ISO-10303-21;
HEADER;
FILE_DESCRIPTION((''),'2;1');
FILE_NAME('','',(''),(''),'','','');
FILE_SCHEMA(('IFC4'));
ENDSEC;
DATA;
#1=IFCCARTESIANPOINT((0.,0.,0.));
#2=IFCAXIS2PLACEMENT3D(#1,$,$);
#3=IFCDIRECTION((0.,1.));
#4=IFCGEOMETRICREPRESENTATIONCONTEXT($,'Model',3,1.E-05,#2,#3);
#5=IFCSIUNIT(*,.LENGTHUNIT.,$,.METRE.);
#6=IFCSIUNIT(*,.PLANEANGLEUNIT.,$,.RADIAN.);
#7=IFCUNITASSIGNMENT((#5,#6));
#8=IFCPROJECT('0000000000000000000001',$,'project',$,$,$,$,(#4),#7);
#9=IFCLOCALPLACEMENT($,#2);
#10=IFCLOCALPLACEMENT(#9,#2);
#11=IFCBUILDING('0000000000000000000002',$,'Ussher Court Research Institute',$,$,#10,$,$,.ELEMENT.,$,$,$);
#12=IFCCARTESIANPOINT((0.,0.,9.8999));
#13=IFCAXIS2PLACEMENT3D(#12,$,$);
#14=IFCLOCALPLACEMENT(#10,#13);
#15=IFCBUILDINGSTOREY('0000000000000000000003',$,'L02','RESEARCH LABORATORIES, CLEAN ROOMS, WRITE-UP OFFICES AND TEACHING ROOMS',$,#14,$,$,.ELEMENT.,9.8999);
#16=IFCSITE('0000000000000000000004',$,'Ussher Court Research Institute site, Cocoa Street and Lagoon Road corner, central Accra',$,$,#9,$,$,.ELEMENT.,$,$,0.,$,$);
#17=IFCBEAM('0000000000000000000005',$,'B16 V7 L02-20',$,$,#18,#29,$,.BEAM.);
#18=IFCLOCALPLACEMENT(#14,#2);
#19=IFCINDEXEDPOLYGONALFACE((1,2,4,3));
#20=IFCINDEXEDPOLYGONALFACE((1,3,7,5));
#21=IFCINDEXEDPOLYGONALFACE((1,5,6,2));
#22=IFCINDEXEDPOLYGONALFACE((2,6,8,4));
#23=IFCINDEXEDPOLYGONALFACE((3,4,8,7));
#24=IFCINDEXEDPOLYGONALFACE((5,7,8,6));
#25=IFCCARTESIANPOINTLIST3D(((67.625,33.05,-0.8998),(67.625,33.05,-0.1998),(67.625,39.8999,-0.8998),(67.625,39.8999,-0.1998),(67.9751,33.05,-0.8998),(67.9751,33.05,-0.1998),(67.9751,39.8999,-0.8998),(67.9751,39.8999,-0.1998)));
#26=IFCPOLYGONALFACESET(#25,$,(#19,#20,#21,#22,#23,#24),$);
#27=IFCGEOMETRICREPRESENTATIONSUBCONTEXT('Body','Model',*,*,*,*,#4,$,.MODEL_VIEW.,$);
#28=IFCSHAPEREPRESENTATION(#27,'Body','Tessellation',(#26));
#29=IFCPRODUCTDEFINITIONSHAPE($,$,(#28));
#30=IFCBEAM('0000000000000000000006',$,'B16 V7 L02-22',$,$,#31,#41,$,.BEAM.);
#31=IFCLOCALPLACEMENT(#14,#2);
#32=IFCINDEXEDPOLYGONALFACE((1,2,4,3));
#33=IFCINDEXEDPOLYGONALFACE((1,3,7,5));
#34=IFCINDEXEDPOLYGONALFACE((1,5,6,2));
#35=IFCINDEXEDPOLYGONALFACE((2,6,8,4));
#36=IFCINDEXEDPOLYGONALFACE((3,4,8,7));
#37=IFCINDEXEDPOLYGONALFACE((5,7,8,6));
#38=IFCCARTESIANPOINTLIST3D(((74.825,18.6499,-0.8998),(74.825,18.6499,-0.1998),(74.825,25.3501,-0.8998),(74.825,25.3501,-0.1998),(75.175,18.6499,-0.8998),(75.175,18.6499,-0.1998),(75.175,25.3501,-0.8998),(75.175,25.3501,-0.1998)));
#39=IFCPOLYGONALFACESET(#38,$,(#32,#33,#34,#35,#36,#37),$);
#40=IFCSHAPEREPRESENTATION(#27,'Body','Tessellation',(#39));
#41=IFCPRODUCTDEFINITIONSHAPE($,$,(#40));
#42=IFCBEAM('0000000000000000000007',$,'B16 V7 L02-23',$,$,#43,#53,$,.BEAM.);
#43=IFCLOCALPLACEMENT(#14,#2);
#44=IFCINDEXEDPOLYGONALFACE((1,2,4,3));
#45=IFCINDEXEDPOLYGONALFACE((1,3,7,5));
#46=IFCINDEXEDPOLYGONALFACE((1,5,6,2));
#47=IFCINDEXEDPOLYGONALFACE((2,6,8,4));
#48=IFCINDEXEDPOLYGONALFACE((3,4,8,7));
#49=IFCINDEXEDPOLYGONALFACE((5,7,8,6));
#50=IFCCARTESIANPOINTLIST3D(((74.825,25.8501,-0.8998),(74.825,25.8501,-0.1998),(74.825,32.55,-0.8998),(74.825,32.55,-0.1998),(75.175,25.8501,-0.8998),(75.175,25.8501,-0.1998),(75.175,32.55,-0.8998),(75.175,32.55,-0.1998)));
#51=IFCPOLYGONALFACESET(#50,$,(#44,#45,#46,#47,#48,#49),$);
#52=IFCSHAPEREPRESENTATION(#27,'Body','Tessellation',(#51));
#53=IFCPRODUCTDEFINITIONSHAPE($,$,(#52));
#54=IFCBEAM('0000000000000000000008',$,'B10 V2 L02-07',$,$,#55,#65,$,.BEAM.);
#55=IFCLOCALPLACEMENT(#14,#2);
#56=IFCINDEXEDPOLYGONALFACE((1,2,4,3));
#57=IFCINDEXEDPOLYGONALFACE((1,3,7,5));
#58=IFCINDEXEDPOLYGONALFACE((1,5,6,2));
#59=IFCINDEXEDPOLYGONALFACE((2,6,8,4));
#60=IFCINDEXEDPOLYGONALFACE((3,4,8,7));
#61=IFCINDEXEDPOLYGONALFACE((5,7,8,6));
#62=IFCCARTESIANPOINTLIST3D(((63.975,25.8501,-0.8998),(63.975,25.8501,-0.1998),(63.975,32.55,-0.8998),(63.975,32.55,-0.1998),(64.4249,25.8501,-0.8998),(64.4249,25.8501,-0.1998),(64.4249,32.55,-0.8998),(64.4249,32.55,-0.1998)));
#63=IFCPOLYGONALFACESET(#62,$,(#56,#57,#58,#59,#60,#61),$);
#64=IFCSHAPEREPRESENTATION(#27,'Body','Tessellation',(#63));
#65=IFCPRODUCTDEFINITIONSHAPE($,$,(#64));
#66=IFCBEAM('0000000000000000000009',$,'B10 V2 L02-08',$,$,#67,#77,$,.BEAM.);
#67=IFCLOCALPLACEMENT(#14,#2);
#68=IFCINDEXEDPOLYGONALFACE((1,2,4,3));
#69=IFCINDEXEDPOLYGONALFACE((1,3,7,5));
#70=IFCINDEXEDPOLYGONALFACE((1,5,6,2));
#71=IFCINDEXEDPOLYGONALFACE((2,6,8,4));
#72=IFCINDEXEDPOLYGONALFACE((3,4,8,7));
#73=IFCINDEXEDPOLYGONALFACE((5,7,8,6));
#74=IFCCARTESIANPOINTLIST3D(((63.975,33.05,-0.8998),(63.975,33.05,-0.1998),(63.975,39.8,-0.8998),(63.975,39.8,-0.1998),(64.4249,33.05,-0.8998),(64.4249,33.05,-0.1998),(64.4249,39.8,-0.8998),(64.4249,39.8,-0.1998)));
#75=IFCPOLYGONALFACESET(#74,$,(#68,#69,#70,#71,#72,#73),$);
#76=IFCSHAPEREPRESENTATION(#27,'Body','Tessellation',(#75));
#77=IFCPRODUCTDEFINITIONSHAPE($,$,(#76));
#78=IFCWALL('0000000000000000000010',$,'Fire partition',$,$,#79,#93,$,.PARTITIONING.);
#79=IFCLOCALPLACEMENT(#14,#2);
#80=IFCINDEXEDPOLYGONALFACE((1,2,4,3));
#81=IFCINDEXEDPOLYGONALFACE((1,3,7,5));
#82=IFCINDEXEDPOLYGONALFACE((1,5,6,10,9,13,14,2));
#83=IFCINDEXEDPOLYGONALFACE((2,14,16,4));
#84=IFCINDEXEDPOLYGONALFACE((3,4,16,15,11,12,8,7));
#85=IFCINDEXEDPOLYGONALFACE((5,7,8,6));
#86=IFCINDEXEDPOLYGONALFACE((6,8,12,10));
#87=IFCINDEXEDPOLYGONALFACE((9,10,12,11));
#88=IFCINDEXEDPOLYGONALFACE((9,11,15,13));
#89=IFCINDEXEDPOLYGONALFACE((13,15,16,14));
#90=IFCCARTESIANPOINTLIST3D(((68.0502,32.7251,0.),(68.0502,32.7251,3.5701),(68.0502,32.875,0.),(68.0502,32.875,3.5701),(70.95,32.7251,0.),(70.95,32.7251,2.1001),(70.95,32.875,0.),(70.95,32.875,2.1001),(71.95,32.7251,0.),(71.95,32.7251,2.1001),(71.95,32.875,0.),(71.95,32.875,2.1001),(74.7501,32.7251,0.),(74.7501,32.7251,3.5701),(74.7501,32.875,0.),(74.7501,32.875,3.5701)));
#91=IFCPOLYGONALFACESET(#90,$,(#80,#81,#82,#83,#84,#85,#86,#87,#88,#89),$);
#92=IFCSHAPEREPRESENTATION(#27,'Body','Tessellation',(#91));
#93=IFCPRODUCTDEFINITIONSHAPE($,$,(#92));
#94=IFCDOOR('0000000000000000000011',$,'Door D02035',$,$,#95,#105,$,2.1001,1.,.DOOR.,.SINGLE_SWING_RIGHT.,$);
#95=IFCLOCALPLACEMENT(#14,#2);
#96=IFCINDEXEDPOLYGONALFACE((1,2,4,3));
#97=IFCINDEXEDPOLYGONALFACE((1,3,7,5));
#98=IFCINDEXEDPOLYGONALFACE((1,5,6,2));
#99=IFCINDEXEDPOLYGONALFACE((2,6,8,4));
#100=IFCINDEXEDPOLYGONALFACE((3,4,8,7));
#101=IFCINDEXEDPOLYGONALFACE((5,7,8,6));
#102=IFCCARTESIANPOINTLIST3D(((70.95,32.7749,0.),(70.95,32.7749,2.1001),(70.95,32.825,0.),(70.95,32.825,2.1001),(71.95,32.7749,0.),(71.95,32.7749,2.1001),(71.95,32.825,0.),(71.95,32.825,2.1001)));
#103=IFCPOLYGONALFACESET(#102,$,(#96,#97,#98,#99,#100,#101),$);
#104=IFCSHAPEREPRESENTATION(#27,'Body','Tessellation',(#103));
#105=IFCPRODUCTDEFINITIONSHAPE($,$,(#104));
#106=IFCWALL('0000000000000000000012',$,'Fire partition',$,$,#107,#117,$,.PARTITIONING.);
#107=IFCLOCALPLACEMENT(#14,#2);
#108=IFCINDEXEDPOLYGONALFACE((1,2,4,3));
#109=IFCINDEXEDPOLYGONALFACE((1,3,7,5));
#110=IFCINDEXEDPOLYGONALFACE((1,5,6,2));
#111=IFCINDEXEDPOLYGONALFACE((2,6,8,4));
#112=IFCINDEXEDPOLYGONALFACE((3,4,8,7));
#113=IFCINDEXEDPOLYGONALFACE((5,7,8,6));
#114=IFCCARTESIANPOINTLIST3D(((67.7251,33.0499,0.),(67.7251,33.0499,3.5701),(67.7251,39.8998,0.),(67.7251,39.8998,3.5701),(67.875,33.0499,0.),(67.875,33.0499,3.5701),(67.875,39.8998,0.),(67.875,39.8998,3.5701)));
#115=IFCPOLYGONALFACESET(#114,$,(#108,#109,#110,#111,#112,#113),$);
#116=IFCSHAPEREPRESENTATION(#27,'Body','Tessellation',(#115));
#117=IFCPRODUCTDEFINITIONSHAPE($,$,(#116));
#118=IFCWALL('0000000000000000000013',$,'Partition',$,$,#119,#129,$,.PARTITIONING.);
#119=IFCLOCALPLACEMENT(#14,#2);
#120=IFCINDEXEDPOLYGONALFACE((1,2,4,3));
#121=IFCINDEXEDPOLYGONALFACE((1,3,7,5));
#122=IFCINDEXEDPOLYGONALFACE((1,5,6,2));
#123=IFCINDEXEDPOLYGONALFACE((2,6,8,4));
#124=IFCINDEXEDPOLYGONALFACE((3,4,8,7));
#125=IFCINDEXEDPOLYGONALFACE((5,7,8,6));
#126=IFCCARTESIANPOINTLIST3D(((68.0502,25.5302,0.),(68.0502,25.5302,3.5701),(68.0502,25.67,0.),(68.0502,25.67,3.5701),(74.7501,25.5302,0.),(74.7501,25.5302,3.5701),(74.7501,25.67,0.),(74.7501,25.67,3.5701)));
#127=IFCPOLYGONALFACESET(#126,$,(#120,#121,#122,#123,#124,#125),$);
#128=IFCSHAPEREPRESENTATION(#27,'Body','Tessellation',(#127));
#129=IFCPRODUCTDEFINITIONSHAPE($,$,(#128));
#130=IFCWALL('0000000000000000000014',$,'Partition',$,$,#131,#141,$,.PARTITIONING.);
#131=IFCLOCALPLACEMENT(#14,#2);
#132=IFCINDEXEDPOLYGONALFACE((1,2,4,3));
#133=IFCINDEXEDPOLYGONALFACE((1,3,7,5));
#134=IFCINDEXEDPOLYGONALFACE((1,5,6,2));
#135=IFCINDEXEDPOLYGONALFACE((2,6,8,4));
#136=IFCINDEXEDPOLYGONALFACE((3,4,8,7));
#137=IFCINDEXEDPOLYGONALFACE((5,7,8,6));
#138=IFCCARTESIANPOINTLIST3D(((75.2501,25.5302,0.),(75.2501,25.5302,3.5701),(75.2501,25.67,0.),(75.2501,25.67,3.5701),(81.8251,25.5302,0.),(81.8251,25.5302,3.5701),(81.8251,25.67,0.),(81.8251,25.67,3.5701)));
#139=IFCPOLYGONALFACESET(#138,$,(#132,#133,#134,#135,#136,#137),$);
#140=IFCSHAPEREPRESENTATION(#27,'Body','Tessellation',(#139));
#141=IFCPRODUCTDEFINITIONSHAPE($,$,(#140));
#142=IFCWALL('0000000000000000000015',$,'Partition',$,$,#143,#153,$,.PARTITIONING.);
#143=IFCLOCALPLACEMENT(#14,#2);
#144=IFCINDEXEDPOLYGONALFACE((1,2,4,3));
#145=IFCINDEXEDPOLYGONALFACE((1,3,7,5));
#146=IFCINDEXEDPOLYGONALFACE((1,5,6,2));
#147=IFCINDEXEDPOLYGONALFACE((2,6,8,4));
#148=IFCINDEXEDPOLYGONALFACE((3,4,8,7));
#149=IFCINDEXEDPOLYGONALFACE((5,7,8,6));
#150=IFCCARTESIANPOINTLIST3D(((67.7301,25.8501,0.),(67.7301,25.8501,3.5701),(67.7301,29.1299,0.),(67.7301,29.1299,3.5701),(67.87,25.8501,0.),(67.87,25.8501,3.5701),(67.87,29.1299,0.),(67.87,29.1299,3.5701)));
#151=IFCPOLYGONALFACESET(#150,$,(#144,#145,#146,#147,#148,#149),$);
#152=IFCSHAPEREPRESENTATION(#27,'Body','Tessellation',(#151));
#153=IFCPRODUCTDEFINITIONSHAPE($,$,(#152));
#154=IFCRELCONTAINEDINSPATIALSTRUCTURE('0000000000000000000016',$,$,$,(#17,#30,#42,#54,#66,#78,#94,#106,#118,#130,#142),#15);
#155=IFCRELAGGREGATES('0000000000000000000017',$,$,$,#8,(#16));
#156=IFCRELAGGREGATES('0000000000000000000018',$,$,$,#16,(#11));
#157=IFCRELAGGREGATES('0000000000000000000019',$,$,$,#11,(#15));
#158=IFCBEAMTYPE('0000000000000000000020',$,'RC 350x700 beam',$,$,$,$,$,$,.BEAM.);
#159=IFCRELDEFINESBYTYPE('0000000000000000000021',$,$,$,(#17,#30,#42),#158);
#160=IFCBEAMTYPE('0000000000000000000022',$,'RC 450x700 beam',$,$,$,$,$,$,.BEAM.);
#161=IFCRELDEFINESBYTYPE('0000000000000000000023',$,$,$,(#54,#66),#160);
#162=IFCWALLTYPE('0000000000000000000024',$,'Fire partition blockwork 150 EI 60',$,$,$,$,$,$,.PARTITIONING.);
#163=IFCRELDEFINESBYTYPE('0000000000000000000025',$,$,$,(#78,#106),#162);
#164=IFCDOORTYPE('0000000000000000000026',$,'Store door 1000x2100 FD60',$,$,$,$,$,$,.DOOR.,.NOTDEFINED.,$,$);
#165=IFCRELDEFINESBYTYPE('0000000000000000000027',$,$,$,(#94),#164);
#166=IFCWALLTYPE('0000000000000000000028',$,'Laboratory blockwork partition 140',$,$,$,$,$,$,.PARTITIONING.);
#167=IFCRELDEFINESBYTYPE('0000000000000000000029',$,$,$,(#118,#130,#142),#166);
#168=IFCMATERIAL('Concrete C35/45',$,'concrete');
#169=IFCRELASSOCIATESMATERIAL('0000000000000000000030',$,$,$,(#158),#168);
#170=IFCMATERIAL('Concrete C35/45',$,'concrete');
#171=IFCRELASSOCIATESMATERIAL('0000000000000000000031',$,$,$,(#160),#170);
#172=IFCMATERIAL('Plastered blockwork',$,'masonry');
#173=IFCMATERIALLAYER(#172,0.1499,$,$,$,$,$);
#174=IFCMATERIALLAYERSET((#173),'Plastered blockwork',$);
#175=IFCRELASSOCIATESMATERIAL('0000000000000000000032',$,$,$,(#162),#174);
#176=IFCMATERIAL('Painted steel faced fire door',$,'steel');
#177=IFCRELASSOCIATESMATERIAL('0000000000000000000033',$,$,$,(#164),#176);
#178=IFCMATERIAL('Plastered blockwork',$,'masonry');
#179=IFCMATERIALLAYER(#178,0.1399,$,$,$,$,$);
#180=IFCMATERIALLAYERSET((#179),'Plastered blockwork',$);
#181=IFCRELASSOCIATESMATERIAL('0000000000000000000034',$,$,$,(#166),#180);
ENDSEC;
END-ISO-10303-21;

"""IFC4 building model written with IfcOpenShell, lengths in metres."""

from ifc_helpers import new_model, si_unit, direction, frame, frame_2d, origin, origin_2d, place, context, subcontext, project, spatial, rectangle, extrude, material, layer, layer_set, material_profile, profile_set, type_object, element, fill, save


model = new_model("IFC4")

# Units and contexts
model_context = context("Model", 3, precision=1e-05, world=origin(), true_north=direction((0.0, 1.0)))
body_context = subcontext(model_context, "Body", "Model", "MODEL_VIEW")
ifc_project = project(units=[si_unit("LENGTHUNIT", "METRE"), si_unit("PLANEANGLEUNIT", "RADIAN")], contexts=[model_context])

# Site, building, storey
site_placement = place(None, origin())
site = spatial("IfcSite", under=ifc_project, at=site_placement, Name="Ussher Court Research Institute site, Cocoa Street and Lagoon Road corner, central Accra", CompositionType="ELEMENT", RefElevation=0.0)
building_placement = place(site_placement, origin())
building = spatial("IfcBuilding", under=site, at=building_placement, Name="Ussher Court Research Institute", CompositionType="ELEMENT")
storey_placement = place(building_placement, frame((0.0, 0.0, 9.8999)))
storey = spatial("IfcBuildingStorey", under=building, at=storey_placement, Name="L02", Description="RESEARCH LABORATORIES, CLEAN ROOMS, WRITE-UP OFFICES AND TEACHING ROOMS", CompositionType="ELEMENT", Elevation=9.8999)

# Beams
ifc_material_1 = material(Name="Concrete C35/45", Category="concrete")
ifc_material_profile_1 = material_profile(ifc_material_1, rectangle(XDim=0.3501, YDim=0.7, at=origin_2d()), Name="RC 350x700")
ifc_profile_set_1 = profile_set([ifc_material_profile_1], Name="Concrete C35/45")
beam_type_1 = type_object("IfcBeamType", Name="RC 350x700 beam", PredefinedType="BEAM", material=ifc_profile_set_1)
beam_1_placement = place(storey_placement, frame((67.8, 33.05, -0.5498), z_axis=(0.0, 1.0, 0.0), x_axis=(-1.0, 0.0, 0.0)))
element("IfcBeam", 1, at=beam_1_placement, inside=storey, type_object=beam_type_1, Name="B16 V7 L02-20", PredefinedType="BEAM", context=body_context, shape_type="SweptSolid", body=[
    extrude(rectangle(XDim=0.3501, YDim=0.7, at=origin_2d()), origin(), (0.0, 0.0, 1.0), 6.8499),
])
beam_2_placement = place(storey_placement, frame((75.0, 18.6499, -0.5498), z_axis=(0.0, 1.0, 0.0), x_axis=(-1.0, 0.0, 0.0)))
element("IfcBeam", 2, at=beam_2_placement, inside=storey, type_object=beam_type_1, Name="B16 V7 L02-22", PredefinedType="BEAM", context=body_context, shape_type="SweptSolid", body=[
    extrude(rectangle(XDim=0.3501, YDim=0.7, at=origin_2d()), origin(), (0.0, 0.0, 1.0), 6.7002),
])
beam_3_placement = place(storey_placement, frame((75.0, 25.8501, -0.5498), z_axis=(0.0, 1.0, 0.0), x_axis=(-1.0, 0.0, 0.0)))
element("IfcBeam", 3, at=beam_3_placement, inside=storey, type_object=beam_type_1, Name="B16 V7 L02-23", PredefinedType="BEAM", context=body_context, shape_type="SweptSolid", body=[
    extrude(rectangle(XDim=0.3501, YDim=0.7, at=origin_2d()), origin(), (0.0, 0.0, 1.0), 6.7),
])
ifc_material_2 = material(Name="Concrete C35/45", Category="concrete")
ifc_material_profile_2 = material_profile(ifc_material_2, rectangle(XDim=0.45, YDim=0.7, at=origin_2d()), Name="RC 450x700")
ifc_profile_set_2 = profile_set([ifc_material_profile_2], Name="Concrete C35/45")
beam_type_2 = type_object("IfcBeamType", Name="RC 450x700 beam", PredefinedType="BEAM", material=ifc_profile_set_2)
beam_4_placement = place(storey_placement, frame((64.2, 25.8501, -0.5498), z_axis=(0.0, 1.0, 0.0), x_axis=(-1.0, 0.0, 0.0)))
element("IfcBeam", 4, at=beam_4_placement, inside=storey, type_object=beam_type_2, Name="B10 V2 L02-07", PredefinedType="BEAM", context=body_context, shape_type="SweptSolid", body=[
    extrude(rectangle(XDim=0.45, YDim=0.7, at=origin_2d()), origin(), (0.0, 0.0, 1.0), 6.7),
])
beam_5_placement = place(storey_placement, frame((64.2, 33.05, -0.5498), z_axis=(0.0, 1.0, 0.0), x_axis=(-1.0, 0.0, 0.0)))
element("IfcBeam", 5, at=beam_5_placement, inside=storey, type_object=beam_type_2, Name="B10 V2 L02-08", PredefinedType="BEAM", context=body_context, shape_type="SweptSolid", body=[
    extrude(rectangle(XDim=0.45, YDim=0.7, at=origin_2d()), origin(), (0.0, 0.0, 1.0), 6.75),
])

# Wall, opening, door
ifc_material_3 = material(Name="Plastered blockwork", Category="masonry")
ifc_layer_1 = layer(ifc_material_3, 0.1499)
ifc_layer_set_1 = layer_set([ifc_layer_1], Name="Plastered blockwork")
wall_type_1 = type_object("IfcWallType", Name="Fire partition blockwork 150 EI 60", PredefinedType="PARTITIONING", material=ifc_layer_set_1)
wall_1_placement = place(storey_placement, frame((68.05, 32.8, 0.0), z_axis=(0.0, 0.0, 1.0), x_axis=(1.0, 0.0, 0.0)))
wall_1 = element("IfcWall", 6, at=wall_1_placement, inside=storey, type_object=wall_type_1, Name="Fire partition", PredefinedType="PARTITIONING", context=body_context, shape_type="SweptSolid", body=[
    extrude(rectangle(XDim=6.7, YDim=0.1499, at=frame_2d((3.3501, 0.0))), origin(), (0.0, 0.0, 1.0), 3.5701),
])
opening_1_placement = place(wall_1_placement, frame((2.8999, 0.0, 0.0)))
opening_1 = element("IfcOpeningElement", 7, at=opening_1_placement, cuts=wall_1, PredefinedType="OPENING", context=body_context, shape_type="SweptSolid", body=[
    extrude(rectangle(XDim=1.0, YDim=2.1001, at=frame_2d((0.5, 1.05))), frame((0.0, 0.085, 0.0), z_axis=(0.0, -1.0, 0.0), x_axis=(1.0, 0.0, 0.0)), (0.0, 0.0, 1.0), 0.1699),
])
ifc_material_4 = material(Name="Painted steel faced fire door", Category="steel")
door_type_1 = type_object("IfcDoorType", Name="Store door 1000x2100 FD60", OperationType="NOTDEFINED", PredefinedType="DOOR", material=ifc_material_4)
door_1_placement = place(opening_1_placement, origin())
door_1 = element("IfcDoor", 8, at=door_1_placement, inside=storey, type_object=door_type_1, Name="Door D02035", OperationType="SINGLE_SWING_RIGHT", OverallHeight=2.1001, OverallWidth=1.0, PredefinedType="DOOR", context=body_context, shape_type="SweptSolid", body=[
    extrude(rectangle(XDim=1.0, YDim=2.1001, at=frame_2d((0.5, 1.05))), frame((0.0, 0.0249, 0.0), z_axis=(0.0, -1.0, 0.0), x_axis=(1.0, 0.0, 0.0)), (0.0, 0.0, 1.0), 0.05),
])
fill(opening_1, door_1)

# Walls
wall_2_placement = place(storey_placement, frame((67.8, 33.05, 0.0), z_axis=(0.0, 0.0, 1.0), x_axis=(0.0, 1.0, 0.0)))
element("IfcWall", 9, at=wall_2_placement, inside=storey, type_object=wall_type_1, Name="Fire partition", PredefinedType="PARTITIONING", context=body_context, shape_type="SweptSolid", body=[
    extrude(rectangle(XDim=6.8499, YDim=0.1499, at=frame_2d((3.4248, 0.0))), origin(), (0.0, 0.0, 1.0), 3.5701),
])
ifc_material_5 = material(Name="Plastered blockwork", Category="masonry")
ifc_layer_2 = layer(ifc_material_5, 0.1399)
ifc_layer_set_2 = layer_set([ifc_layer_2], Name="Plastered blockwork")
wall_type_2 = type_object("IfcWallType", Name="Laboratory blockwork partition 140", PredefinedType="PARTITIONING", material=ifc_layer_set_2)
wall_3_placement = place(storey_placement, frame((68.05, 25.6001, 0.0), z_axis=(0.0, 0.0, 1.0), x_axis=(1.0, 0.0, 0.0)))
element("IfcWall", 10, at=wall_3_placement, inside=storey, type_object=wall_type_2, Name="Partition", PredefinedType="PARTITIONING", context=body_context, shape_type="SweptSolid", body=[
    extrude(rectangle(XDim=6.7, YDim=0.1399, at=frame_2d((3.3501, 0.0))), origin(), (0.0, 0.0, 1.0), 3.5701),
])
wall_4_placement = place(storey_placement, frame((75.25, 25.6001, 0.0), z_axis=(0.0, 0.0, 1.0), x_axis=(1.0, 0.0, 0.0)))
element("IfcWall", 11, at=wall_4_placement, inside=storey, type_object=wall_type_2, Name="Partition", PredefinedType="PARTITIONING", context=body_context, shape_type="SweptSolid", body=[
    extrude(rectangle(XDim=6.575, YDim=0.1399, at=frame_2d((3.2876, 0.0))), origin(), (0.0, 0.0, 1.0), 3.5701),
])
wall_5_placement = place(storey_placement, frame((67.8, 25.8501, 0.0), z_axis=(0.0, 0.0, 1.0), x_axis=(0.0, 1.0, 0.0)))
element("IfcWall", 12, at=wall_5_placement, inside=storey, type_object=wall_type_2, Name="Partition", PredefinedType="PARTITIONING", context=body_context, shape_type="SweptSolid", body=[
    extrude(rectangle(XDim=3.2798, YDim=0.1399, at=frame_2d((1.6399, 0.0))), origin(), (0.0, 0.0, 1.0), 3.5701),
])

save(model, "model.ifc")
